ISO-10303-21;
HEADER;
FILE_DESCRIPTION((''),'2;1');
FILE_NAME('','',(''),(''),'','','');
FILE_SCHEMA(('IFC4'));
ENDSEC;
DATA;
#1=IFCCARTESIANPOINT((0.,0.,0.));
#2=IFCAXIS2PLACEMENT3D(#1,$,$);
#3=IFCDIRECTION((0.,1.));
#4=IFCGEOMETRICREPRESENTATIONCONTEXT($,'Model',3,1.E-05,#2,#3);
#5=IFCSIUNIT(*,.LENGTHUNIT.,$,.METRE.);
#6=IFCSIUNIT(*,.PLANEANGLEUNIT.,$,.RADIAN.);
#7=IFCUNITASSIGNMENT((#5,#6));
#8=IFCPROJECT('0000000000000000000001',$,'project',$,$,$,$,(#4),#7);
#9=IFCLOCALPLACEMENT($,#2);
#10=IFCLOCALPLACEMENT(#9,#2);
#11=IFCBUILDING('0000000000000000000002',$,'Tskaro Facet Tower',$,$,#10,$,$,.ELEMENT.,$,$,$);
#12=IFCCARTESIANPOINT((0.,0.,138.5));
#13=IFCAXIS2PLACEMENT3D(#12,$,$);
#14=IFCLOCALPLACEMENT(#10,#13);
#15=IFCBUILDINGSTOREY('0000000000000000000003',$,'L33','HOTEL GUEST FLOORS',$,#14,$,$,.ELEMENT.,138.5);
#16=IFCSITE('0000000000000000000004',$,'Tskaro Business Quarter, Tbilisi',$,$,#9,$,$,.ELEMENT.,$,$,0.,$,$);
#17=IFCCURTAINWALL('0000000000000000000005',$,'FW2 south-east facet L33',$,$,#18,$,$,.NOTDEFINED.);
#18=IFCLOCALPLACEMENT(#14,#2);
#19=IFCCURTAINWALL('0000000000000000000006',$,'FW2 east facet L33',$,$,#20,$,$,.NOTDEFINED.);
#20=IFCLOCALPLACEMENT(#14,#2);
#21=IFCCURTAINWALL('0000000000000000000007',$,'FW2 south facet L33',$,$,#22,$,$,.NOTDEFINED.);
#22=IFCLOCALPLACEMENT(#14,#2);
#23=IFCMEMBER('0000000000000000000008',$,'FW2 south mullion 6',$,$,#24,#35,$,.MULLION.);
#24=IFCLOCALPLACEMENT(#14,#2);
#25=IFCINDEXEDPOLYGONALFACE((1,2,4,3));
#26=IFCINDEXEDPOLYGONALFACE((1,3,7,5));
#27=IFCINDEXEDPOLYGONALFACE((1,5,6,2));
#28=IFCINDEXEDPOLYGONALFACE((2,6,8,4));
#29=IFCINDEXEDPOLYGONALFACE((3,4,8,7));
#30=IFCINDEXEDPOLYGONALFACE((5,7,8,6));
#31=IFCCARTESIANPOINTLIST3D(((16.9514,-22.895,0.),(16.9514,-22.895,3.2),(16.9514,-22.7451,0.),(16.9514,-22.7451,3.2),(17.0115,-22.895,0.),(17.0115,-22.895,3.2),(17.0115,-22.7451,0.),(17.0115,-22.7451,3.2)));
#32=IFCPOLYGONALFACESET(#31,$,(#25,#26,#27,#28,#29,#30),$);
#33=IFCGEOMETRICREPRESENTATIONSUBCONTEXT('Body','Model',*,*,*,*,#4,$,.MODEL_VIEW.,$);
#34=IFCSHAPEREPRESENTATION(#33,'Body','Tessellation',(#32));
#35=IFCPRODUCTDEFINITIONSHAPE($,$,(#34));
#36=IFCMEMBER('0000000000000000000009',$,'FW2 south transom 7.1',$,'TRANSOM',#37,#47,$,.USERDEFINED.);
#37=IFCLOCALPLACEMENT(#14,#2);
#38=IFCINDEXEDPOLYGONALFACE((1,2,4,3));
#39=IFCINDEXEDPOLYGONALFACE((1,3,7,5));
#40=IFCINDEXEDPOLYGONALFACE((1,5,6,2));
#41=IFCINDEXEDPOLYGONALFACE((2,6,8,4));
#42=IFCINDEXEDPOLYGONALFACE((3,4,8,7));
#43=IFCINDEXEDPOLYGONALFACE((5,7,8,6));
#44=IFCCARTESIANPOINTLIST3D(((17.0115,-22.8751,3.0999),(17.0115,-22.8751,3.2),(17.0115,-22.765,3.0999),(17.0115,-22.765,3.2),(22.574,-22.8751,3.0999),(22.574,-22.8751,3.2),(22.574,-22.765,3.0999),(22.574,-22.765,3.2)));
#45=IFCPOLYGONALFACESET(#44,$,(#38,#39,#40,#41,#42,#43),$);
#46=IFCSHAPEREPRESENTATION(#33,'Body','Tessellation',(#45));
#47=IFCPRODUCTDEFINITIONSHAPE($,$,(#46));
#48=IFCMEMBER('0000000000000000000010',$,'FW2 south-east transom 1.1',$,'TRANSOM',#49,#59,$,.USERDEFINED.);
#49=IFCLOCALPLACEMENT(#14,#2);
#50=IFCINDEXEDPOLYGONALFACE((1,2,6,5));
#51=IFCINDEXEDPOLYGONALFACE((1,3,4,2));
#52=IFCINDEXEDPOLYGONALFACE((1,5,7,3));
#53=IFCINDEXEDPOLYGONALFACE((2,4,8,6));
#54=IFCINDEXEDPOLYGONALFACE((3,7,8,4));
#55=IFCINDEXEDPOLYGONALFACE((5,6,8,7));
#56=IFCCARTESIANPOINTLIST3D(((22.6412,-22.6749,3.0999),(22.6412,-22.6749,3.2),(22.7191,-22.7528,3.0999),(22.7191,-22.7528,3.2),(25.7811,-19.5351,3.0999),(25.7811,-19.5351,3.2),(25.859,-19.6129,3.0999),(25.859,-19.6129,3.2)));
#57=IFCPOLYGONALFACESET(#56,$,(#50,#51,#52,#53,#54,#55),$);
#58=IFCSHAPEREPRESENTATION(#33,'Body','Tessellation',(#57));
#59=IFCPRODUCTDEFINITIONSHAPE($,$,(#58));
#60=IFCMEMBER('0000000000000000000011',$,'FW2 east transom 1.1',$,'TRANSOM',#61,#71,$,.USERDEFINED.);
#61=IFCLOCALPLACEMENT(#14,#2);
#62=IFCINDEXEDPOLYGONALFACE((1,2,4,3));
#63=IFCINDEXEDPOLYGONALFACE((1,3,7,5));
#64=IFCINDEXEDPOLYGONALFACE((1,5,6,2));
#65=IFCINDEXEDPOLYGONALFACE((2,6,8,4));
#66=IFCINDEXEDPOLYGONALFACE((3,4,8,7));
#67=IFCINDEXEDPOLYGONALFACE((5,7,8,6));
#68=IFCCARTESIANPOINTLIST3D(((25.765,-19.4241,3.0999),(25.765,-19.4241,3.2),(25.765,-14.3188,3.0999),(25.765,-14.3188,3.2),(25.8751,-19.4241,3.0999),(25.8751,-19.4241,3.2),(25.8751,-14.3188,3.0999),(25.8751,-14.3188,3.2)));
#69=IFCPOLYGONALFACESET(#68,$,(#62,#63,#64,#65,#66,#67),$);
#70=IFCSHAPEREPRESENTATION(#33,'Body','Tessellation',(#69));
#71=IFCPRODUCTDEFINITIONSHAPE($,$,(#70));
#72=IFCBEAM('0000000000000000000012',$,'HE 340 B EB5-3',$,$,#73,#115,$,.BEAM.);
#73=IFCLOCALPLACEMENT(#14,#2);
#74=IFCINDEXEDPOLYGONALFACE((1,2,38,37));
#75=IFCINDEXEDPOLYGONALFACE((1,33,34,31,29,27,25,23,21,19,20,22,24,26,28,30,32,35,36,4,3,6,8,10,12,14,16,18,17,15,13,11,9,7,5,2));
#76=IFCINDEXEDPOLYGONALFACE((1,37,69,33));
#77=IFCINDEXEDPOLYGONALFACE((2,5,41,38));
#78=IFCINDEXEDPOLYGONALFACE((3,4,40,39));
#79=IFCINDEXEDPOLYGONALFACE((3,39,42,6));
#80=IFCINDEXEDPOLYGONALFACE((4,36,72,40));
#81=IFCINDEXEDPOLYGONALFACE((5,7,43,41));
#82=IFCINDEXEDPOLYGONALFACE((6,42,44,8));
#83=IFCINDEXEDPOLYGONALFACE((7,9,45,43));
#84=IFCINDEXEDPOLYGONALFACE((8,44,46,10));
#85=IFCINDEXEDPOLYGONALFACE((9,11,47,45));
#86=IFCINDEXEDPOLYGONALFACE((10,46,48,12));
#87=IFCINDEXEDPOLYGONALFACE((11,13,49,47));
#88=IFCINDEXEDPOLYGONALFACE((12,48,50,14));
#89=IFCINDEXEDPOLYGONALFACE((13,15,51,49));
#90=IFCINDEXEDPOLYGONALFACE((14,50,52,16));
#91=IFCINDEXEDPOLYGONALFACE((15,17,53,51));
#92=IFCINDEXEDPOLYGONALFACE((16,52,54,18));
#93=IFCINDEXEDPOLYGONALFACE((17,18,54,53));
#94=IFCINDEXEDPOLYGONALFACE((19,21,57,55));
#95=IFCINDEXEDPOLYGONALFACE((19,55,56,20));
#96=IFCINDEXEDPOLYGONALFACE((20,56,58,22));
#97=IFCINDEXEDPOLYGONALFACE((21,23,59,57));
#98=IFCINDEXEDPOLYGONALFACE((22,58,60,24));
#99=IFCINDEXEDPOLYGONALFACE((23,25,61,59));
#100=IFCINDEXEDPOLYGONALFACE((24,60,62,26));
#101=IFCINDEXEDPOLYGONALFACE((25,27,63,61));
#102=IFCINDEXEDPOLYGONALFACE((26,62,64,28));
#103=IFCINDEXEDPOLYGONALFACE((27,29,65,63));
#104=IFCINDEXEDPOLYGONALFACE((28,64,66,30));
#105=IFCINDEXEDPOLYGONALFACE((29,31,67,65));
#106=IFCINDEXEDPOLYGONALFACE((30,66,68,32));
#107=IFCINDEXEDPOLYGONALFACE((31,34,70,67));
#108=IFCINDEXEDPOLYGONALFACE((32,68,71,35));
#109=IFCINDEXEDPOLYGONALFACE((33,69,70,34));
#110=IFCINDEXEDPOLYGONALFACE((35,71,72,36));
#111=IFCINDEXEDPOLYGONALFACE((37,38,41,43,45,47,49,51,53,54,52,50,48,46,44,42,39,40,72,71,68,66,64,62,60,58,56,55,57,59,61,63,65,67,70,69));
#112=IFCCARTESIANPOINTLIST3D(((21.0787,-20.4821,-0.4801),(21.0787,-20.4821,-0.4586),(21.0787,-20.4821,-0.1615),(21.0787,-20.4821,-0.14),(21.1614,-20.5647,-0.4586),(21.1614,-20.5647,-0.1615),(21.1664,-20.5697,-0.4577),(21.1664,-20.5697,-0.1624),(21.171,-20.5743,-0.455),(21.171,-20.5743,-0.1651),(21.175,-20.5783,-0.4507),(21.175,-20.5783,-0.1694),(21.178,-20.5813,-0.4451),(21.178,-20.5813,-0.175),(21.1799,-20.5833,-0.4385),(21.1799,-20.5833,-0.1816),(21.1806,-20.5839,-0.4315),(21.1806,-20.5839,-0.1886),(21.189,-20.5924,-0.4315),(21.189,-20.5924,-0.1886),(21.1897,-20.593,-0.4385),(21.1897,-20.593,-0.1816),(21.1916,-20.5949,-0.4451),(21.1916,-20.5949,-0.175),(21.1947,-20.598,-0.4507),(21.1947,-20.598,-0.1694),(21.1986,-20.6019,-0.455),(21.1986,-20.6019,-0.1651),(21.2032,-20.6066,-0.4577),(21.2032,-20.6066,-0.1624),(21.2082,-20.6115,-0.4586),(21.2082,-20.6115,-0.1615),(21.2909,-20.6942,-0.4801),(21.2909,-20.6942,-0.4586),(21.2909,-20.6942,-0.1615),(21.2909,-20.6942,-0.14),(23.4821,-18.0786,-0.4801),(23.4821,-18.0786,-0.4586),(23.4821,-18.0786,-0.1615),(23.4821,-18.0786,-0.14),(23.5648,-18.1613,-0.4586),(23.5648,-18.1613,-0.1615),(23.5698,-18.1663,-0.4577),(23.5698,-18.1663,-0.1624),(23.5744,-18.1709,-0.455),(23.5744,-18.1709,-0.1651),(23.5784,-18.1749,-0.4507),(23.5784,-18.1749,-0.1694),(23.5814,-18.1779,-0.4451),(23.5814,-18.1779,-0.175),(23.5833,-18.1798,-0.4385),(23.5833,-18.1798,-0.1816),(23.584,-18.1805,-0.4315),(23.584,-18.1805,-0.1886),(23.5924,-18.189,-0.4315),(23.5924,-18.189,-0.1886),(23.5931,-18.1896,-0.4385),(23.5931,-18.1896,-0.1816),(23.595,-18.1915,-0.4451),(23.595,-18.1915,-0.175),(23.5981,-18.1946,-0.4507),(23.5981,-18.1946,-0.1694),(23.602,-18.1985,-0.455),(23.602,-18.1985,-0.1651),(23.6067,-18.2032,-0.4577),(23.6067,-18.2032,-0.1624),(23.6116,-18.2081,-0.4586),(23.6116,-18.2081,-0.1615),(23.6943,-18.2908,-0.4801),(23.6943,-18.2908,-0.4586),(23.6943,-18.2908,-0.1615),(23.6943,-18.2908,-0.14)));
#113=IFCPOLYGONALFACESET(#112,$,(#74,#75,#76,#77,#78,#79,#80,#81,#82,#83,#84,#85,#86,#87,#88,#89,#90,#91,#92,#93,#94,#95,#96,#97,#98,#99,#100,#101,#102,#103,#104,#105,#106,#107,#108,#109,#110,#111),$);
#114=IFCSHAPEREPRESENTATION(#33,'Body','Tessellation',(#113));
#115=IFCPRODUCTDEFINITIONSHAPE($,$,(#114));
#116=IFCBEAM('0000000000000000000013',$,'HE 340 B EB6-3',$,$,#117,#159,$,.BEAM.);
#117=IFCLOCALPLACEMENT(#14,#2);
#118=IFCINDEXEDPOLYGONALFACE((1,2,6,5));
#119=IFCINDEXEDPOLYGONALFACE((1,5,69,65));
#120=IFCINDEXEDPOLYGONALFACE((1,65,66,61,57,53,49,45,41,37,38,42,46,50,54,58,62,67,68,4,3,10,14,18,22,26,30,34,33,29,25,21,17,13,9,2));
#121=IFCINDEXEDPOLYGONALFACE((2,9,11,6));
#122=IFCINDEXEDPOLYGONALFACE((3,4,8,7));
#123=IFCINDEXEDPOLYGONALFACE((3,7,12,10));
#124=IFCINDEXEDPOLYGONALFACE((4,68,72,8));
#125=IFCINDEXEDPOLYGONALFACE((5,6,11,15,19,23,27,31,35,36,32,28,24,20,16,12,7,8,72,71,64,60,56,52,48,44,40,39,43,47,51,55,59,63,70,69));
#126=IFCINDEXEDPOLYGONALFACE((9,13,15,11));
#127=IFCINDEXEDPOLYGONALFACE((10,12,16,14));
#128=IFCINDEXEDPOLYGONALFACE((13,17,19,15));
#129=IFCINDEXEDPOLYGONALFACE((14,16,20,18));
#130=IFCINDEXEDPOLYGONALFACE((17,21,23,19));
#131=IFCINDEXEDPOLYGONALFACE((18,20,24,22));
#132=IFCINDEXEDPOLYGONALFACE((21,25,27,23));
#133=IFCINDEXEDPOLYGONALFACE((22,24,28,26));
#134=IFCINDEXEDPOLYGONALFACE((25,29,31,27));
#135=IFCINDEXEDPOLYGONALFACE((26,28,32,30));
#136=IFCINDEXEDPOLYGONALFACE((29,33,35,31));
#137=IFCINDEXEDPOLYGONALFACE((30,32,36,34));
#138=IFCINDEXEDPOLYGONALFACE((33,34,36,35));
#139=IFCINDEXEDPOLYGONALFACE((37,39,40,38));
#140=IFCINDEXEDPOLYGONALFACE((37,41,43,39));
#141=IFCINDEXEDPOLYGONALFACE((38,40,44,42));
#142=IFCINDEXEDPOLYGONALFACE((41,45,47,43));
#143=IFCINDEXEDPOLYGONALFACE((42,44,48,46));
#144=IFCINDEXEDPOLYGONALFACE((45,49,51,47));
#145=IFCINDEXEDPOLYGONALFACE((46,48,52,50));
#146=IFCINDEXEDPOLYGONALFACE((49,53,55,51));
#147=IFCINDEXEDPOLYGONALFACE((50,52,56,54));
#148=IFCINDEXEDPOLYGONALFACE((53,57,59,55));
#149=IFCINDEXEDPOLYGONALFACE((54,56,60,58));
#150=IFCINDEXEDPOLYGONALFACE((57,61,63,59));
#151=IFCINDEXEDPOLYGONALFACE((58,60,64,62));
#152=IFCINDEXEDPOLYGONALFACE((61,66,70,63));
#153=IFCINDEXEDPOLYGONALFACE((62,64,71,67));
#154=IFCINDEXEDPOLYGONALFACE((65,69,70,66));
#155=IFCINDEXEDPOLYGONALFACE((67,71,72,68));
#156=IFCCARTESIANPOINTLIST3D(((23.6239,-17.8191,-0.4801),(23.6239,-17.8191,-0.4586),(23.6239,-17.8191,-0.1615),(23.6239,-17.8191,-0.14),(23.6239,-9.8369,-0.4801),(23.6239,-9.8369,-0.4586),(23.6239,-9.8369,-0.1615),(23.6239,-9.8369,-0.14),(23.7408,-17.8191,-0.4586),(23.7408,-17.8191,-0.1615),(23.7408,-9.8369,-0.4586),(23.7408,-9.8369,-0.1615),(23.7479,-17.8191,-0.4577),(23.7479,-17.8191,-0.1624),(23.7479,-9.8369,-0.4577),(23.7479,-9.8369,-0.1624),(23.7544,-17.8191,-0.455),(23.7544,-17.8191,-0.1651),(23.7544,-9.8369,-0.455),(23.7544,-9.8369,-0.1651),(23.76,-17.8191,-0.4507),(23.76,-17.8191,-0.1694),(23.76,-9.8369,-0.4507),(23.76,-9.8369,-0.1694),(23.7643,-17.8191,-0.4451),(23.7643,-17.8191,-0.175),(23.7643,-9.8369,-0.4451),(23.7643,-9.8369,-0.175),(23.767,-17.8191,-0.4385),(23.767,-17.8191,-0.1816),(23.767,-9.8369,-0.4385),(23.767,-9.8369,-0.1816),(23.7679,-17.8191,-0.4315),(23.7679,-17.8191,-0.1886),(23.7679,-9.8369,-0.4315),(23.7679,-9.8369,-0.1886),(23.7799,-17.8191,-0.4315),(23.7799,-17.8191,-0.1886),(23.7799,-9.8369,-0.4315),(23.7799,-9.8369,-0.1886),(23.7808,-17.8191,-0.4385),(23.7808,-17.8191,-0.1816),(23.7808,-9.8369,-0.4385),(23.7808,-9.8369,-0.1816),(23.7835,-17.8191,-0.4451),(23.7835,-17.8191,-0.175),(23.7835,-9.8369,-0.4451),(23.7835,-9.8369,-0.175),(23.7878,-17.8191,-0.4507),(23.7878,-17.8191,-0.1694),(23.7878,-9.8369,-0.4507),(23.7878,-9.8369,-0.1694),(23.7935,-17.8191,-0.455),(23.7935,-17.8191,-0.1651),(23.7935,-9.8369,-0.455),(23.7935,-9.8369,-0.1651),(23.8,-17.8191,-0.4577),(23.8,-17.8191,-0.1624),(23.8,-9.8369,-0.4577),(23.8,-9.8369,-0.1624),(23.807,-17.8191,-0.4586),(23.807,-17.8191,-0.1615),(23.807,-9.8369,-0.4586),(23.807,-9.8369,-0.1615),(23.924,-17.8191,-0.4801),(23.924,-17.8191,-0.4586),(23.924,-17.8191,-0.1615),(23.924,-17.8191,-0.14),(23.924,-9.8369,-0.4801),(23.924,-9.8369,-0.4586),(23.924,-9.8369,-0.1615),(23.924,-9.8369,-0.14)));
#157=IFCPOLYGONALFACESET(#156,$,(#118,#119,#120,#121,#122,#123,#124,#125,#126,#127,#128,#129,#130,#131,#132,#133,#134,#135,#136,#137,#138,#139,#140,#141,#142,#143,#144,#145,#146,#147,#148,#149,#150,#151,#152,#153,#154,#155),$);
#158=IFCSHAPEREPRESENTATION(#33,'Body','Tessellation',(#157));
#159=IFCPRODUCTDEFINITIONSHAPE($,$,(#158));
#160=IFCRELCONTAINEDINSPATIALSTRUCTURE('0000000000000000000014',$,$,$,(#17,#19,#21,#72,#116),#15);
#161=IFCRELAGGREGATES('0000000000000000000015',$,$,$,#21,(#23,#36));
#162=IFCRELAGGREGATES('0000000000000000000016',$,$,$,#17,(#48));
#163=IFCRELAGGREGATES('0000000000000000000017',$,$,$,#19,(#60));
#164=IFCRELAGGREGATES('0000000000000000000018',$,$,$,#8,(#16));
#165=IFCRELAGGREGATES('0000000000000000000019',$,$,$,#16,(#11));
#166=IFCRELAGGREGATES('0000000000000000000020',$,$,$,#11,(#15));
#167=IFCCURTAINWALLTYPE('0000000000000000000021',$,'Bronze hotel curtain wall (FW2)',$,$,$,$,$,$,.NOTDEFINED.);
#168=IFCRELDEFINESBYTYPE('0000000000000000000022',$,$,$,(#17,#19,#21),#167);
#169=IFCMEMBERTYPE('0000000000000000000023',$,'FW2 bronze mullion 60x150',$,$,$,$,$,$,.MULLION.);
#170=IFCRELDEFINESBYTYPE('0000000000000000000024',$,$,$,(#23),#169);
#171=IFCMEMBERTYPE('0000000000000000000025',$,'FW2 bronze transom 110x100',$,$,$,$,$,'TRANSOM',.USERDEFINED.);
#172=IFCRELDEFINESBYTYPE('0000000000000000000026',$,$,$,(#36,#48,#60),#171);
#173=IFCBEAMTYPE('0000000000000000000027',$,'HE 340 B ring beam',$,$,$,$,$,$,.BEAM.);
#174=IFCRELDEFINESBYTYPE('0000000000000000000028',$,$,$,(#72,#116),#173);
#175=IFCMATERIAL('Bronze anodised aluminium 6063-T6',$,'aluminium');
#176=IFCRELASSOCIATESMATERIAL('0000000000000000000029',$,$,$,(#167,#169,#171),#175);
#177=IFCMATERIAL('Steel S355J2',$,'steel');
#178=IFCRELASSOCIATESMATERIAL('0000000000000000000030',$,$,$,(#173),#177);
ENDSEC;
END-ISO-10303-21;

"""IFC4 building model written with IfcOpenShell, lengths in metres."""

from ifc_helpers import new_model, si_unit, direction, frame, origin, origin_2d, place, context, subcontext, project, spatial, rectangle, i_section, extrude, material, material_profile, profile_set, type_object, element, aggregate, save


model = new_model("IFC4")

# Units and contexts
model_context = context("Model", 3, precision=1e-05, world=origin(), true_north=direction((0.0, 1.0)))
body_context = subcontext(model_context, "Body", "Model", "MODEL_VIEW")
ifc_project = project(units=[si_unit("LENGTHUNIT", "METRE"), si_unit("PLANEANGLEUNIT", "RADIAN")], contexts=[model_context])

# Site, building, storey
site_placement = place(None, origin())
site = spatial("IfcSite", under=ifc_project, at=site_placement, Name="Tskaro Business Quarter, Tbilisi", CompositionType="ELEMENT", RefElevation=0.0)
building_placement = place(site_placement, origin())
building = spatial("IfcBuilding", under=site, at=building_placement, Name="Tskaro Facet Tower", CompositionType="ELEMENT")
storey_placement = place(building_placement, frame((0.0, 0.0, 138.5)))
storey = spatial("IfcBuildingStorey", under=building, at=storey_placement, Name="L33", Description="HOTEL GUEST FLOORS", CompositionType="ELEMENT", Elevation=138.5)

# Curtain walls
ifc_material_1 = material(Name="Bronze anodised aluminium 6063-T6", Category="aluminium")
curtain_wall_type = type_object("IfcCurtainWallType", Name="Bronze hotel curtain wall (FW2)", PredefinedType="NOTDEFINED", material=ifc_material_1)
curtain_wall_1_placement = place(storey_placement, origin())
curtain_wall_1 = element("IfcCurtainWall", 1, at=curtain_wall_1_placement, inside=storey, type_object=curtain_wall_type, Name="FW2 south-east facet L33", PredefinedType="NOTDEFINED")
curtain_wall_2_placement = place(storey_placement, origin())
curtain_wall_2 = element("IfcCurtainWall", 2, at=curtain_wall_2_placement, inside=storey, type_object=curtain_wall_type, Name="FW2 east facet L33", PredefinedType="NOTDEFINED")

# Curtain wall, members
curtain_wall_3_placement = place(storey_placement, origin())
curtain_wall_3 = element("IfcCurtainWall", 3, at=curtain_wall_3_placement, inside=storey, type_object=curtain_wall_type, Name="FW2 south facet L33", PredefinedType="NOTDEFINED")
ifc_material_profile_1 = material_profile(ifc_material_1, rectangle(XDim=0.0601, YDim=0.1499, at=origin_2d()), Name="Mullion 60x150")
ifc_profile_set_1 = profile_set([ifc_material_profile_1], Name="Bronze anodised aluminium 6063-T6")
member_type_1 = type_object("IfcMemberType", Name="FW2 bronze mullion 60x150", PredefinedType="MULLION", material=ifc_profile_set_1)
member_1_placement = place(storey_placement, frame((16.9814, -22.8201, 0.0), z_axis=(0.0, 0.0, 1.0), x_axis=(1.0, 0.0, 0.0)))
member_1 = element("IfcMember", 4, at=member_1_placement, type_object=member_type_1, Name="FW2 south mullion 6", PredefinedType="MULLION", context=body_context, shape_type="SweptSolid", body=[
    extrude(rectangle(XDim=0.0601, YDim=0.1499, at=origin_2d()), origin(), (0.0, 0.0, 1.0), 3.2),
])
ifc_material_profile_2 = material_profile(ifc_material_1, rectangle(XDim=0.1101, YDim=0.1001, at=origin_2d()), Name="Transom 110x100")
ifc_profile_set_2 = profile_set([ifc_material_profile_2], Name="Bronze anodised aluminium 6063-T6")
member_type_2 = type_object("IfcMemberType", Name="FW2 bronze transom 110x100", ElementType="TRANSOM", PredefinedType="USERDEFINED", material=ifc_profile_set_2)
member_2_placement = place(storey_placement, frame((17.0115, -22.8201, 3.1499), z_axis=(1.0, 0.0, 0.0), x_axis=(0.0, 1.0, 0.0)))
member_2 = element("IfcMember", 5, at=member_2_placement, type_object=member_type_2, Name="FW2 south transom 7.1", ObjectType="TRANSOM", PredefinedType="USERDEFINED", context=body_context, shape_type="SweptSolid", body=[
    extrude(rectangle(XDim=0.1101, YDim=0.1001, at=origin_2d()), origin(), (0.0, 0.0, 1.0), 5.5625),
])

# Members
member_3_placement = place(storey_placement, frame((22.6802, -22.7139, 3.1499), z_axis=(0.707107, 0.707107, 0.0), x_axis=(-0.707107, 0.707107, 0.0)))
member_3 = element("IfcMember", 6, at=member_3_placement, type_object=member_type_2, Name="FW2 south-east transom 1.1", ObjectType="TRANSOM", PredefinedType="USERDEFINED", context=body_context, shape_type="SweptSolid", body=[
    extrude(rectangle(XDim=0.1101, YDim=0.1001, at=origin_2d()), origin(), (0.0, 0.0, 1.0), 4.4404),
])
member_4_placement = place(storey_placement, frame((25.8201, -19.4241, 3.1499), z_axis=(0.0, 1.0, 0.0), x_axis=(-1.0, 0.0, 0.0)))
member_4 = element("IfcMember", 7, at=member_4_placement, type_object=member_type_2, Name="FW2 east transom 1.1", ObjectType="TRANSOM", PredefinedType="USERDEFINED", context=body_context, shape_type="SweptSolid", body=[
    extrude(rectangle(XDim=0.1101, YDim=0.1001, at=origin_2d()), origin(), (0.0, 0.0, 1.0), 5.1052),
])

# Beams
ifc_material_2 = material(Name="Steel S355J2", Category="steel")
ifc_material_profile_3 = material_profile(ifc_material_2, i_section(OverallWidth=0.3, OverallDepth=0.3401, WebThickness=0.012, FlangeThickness=0.0215, FilletRadius=0.0271, at=origin_2d()), Name="HE 340 B")
ifc_profile_set_3 = profile_set([ifc_material_profile_3], Name="Steel S355J2")
beam_type_1 = type_object("IfcBeamType", Name="HE 340 B ring beam", PredefinedType="BEAM", material=ifc_profile_set_3)
beam_1_placement = place(storey_placement, frame((21.1848, -20.5881, -0.3101), z_axis=(0.707107, 0.707107, 0.0), x_axis=(-0.707107, 0.707107, 0.0)))
element("IfcBeam", 8, at=beam_1_placement, inside=storey, type_object=beam_type_1, Name="HE 340 B EB5-3", PredefinedType="BEAM", context=body_context, shape_type="SweptSolid", body=[
    extrude(i_section(OverallWidth=0.3, OverallDepth=0.3401, WebThickness=0.012, FlangeThickness=0.0215, FilletRadius=0.0271, at=origin_2d()), origin(), (0.0, 0.0, 1.0), 3.3989),
])
beam_2_placement = place(storey_placement, frame((23.7739, -17.8191, -0.3101), z_axis=(0.0, 1.0, 0.0), x_axis=(-1.0, 0.0, 0.0)))
element("IfcBeam", 9, at=beam_2_placement, inside=storey, type_object=beam_type_1, Name="HE 340 B EB6-3", PredefinedType="BEAM", context=body_context, shape_type="SweptSolid", body=[
    extrude(i_section(OverallWidth=0.3, OverallDepth=0.3401, WebThickness=0.012, FlangeThickness=0.0215, FilletRadius=0.0271, at=origin_2d()), origin(), (0.0, 0.0, 1.0), 7.9822),
])

aggregate(curtain_wall_3, [member_1, member_2])
aggregate(curtain_wall_1, [member_3])
aggregate(curtain_wall_2, [member_4])

save(model, "model.ifc")
